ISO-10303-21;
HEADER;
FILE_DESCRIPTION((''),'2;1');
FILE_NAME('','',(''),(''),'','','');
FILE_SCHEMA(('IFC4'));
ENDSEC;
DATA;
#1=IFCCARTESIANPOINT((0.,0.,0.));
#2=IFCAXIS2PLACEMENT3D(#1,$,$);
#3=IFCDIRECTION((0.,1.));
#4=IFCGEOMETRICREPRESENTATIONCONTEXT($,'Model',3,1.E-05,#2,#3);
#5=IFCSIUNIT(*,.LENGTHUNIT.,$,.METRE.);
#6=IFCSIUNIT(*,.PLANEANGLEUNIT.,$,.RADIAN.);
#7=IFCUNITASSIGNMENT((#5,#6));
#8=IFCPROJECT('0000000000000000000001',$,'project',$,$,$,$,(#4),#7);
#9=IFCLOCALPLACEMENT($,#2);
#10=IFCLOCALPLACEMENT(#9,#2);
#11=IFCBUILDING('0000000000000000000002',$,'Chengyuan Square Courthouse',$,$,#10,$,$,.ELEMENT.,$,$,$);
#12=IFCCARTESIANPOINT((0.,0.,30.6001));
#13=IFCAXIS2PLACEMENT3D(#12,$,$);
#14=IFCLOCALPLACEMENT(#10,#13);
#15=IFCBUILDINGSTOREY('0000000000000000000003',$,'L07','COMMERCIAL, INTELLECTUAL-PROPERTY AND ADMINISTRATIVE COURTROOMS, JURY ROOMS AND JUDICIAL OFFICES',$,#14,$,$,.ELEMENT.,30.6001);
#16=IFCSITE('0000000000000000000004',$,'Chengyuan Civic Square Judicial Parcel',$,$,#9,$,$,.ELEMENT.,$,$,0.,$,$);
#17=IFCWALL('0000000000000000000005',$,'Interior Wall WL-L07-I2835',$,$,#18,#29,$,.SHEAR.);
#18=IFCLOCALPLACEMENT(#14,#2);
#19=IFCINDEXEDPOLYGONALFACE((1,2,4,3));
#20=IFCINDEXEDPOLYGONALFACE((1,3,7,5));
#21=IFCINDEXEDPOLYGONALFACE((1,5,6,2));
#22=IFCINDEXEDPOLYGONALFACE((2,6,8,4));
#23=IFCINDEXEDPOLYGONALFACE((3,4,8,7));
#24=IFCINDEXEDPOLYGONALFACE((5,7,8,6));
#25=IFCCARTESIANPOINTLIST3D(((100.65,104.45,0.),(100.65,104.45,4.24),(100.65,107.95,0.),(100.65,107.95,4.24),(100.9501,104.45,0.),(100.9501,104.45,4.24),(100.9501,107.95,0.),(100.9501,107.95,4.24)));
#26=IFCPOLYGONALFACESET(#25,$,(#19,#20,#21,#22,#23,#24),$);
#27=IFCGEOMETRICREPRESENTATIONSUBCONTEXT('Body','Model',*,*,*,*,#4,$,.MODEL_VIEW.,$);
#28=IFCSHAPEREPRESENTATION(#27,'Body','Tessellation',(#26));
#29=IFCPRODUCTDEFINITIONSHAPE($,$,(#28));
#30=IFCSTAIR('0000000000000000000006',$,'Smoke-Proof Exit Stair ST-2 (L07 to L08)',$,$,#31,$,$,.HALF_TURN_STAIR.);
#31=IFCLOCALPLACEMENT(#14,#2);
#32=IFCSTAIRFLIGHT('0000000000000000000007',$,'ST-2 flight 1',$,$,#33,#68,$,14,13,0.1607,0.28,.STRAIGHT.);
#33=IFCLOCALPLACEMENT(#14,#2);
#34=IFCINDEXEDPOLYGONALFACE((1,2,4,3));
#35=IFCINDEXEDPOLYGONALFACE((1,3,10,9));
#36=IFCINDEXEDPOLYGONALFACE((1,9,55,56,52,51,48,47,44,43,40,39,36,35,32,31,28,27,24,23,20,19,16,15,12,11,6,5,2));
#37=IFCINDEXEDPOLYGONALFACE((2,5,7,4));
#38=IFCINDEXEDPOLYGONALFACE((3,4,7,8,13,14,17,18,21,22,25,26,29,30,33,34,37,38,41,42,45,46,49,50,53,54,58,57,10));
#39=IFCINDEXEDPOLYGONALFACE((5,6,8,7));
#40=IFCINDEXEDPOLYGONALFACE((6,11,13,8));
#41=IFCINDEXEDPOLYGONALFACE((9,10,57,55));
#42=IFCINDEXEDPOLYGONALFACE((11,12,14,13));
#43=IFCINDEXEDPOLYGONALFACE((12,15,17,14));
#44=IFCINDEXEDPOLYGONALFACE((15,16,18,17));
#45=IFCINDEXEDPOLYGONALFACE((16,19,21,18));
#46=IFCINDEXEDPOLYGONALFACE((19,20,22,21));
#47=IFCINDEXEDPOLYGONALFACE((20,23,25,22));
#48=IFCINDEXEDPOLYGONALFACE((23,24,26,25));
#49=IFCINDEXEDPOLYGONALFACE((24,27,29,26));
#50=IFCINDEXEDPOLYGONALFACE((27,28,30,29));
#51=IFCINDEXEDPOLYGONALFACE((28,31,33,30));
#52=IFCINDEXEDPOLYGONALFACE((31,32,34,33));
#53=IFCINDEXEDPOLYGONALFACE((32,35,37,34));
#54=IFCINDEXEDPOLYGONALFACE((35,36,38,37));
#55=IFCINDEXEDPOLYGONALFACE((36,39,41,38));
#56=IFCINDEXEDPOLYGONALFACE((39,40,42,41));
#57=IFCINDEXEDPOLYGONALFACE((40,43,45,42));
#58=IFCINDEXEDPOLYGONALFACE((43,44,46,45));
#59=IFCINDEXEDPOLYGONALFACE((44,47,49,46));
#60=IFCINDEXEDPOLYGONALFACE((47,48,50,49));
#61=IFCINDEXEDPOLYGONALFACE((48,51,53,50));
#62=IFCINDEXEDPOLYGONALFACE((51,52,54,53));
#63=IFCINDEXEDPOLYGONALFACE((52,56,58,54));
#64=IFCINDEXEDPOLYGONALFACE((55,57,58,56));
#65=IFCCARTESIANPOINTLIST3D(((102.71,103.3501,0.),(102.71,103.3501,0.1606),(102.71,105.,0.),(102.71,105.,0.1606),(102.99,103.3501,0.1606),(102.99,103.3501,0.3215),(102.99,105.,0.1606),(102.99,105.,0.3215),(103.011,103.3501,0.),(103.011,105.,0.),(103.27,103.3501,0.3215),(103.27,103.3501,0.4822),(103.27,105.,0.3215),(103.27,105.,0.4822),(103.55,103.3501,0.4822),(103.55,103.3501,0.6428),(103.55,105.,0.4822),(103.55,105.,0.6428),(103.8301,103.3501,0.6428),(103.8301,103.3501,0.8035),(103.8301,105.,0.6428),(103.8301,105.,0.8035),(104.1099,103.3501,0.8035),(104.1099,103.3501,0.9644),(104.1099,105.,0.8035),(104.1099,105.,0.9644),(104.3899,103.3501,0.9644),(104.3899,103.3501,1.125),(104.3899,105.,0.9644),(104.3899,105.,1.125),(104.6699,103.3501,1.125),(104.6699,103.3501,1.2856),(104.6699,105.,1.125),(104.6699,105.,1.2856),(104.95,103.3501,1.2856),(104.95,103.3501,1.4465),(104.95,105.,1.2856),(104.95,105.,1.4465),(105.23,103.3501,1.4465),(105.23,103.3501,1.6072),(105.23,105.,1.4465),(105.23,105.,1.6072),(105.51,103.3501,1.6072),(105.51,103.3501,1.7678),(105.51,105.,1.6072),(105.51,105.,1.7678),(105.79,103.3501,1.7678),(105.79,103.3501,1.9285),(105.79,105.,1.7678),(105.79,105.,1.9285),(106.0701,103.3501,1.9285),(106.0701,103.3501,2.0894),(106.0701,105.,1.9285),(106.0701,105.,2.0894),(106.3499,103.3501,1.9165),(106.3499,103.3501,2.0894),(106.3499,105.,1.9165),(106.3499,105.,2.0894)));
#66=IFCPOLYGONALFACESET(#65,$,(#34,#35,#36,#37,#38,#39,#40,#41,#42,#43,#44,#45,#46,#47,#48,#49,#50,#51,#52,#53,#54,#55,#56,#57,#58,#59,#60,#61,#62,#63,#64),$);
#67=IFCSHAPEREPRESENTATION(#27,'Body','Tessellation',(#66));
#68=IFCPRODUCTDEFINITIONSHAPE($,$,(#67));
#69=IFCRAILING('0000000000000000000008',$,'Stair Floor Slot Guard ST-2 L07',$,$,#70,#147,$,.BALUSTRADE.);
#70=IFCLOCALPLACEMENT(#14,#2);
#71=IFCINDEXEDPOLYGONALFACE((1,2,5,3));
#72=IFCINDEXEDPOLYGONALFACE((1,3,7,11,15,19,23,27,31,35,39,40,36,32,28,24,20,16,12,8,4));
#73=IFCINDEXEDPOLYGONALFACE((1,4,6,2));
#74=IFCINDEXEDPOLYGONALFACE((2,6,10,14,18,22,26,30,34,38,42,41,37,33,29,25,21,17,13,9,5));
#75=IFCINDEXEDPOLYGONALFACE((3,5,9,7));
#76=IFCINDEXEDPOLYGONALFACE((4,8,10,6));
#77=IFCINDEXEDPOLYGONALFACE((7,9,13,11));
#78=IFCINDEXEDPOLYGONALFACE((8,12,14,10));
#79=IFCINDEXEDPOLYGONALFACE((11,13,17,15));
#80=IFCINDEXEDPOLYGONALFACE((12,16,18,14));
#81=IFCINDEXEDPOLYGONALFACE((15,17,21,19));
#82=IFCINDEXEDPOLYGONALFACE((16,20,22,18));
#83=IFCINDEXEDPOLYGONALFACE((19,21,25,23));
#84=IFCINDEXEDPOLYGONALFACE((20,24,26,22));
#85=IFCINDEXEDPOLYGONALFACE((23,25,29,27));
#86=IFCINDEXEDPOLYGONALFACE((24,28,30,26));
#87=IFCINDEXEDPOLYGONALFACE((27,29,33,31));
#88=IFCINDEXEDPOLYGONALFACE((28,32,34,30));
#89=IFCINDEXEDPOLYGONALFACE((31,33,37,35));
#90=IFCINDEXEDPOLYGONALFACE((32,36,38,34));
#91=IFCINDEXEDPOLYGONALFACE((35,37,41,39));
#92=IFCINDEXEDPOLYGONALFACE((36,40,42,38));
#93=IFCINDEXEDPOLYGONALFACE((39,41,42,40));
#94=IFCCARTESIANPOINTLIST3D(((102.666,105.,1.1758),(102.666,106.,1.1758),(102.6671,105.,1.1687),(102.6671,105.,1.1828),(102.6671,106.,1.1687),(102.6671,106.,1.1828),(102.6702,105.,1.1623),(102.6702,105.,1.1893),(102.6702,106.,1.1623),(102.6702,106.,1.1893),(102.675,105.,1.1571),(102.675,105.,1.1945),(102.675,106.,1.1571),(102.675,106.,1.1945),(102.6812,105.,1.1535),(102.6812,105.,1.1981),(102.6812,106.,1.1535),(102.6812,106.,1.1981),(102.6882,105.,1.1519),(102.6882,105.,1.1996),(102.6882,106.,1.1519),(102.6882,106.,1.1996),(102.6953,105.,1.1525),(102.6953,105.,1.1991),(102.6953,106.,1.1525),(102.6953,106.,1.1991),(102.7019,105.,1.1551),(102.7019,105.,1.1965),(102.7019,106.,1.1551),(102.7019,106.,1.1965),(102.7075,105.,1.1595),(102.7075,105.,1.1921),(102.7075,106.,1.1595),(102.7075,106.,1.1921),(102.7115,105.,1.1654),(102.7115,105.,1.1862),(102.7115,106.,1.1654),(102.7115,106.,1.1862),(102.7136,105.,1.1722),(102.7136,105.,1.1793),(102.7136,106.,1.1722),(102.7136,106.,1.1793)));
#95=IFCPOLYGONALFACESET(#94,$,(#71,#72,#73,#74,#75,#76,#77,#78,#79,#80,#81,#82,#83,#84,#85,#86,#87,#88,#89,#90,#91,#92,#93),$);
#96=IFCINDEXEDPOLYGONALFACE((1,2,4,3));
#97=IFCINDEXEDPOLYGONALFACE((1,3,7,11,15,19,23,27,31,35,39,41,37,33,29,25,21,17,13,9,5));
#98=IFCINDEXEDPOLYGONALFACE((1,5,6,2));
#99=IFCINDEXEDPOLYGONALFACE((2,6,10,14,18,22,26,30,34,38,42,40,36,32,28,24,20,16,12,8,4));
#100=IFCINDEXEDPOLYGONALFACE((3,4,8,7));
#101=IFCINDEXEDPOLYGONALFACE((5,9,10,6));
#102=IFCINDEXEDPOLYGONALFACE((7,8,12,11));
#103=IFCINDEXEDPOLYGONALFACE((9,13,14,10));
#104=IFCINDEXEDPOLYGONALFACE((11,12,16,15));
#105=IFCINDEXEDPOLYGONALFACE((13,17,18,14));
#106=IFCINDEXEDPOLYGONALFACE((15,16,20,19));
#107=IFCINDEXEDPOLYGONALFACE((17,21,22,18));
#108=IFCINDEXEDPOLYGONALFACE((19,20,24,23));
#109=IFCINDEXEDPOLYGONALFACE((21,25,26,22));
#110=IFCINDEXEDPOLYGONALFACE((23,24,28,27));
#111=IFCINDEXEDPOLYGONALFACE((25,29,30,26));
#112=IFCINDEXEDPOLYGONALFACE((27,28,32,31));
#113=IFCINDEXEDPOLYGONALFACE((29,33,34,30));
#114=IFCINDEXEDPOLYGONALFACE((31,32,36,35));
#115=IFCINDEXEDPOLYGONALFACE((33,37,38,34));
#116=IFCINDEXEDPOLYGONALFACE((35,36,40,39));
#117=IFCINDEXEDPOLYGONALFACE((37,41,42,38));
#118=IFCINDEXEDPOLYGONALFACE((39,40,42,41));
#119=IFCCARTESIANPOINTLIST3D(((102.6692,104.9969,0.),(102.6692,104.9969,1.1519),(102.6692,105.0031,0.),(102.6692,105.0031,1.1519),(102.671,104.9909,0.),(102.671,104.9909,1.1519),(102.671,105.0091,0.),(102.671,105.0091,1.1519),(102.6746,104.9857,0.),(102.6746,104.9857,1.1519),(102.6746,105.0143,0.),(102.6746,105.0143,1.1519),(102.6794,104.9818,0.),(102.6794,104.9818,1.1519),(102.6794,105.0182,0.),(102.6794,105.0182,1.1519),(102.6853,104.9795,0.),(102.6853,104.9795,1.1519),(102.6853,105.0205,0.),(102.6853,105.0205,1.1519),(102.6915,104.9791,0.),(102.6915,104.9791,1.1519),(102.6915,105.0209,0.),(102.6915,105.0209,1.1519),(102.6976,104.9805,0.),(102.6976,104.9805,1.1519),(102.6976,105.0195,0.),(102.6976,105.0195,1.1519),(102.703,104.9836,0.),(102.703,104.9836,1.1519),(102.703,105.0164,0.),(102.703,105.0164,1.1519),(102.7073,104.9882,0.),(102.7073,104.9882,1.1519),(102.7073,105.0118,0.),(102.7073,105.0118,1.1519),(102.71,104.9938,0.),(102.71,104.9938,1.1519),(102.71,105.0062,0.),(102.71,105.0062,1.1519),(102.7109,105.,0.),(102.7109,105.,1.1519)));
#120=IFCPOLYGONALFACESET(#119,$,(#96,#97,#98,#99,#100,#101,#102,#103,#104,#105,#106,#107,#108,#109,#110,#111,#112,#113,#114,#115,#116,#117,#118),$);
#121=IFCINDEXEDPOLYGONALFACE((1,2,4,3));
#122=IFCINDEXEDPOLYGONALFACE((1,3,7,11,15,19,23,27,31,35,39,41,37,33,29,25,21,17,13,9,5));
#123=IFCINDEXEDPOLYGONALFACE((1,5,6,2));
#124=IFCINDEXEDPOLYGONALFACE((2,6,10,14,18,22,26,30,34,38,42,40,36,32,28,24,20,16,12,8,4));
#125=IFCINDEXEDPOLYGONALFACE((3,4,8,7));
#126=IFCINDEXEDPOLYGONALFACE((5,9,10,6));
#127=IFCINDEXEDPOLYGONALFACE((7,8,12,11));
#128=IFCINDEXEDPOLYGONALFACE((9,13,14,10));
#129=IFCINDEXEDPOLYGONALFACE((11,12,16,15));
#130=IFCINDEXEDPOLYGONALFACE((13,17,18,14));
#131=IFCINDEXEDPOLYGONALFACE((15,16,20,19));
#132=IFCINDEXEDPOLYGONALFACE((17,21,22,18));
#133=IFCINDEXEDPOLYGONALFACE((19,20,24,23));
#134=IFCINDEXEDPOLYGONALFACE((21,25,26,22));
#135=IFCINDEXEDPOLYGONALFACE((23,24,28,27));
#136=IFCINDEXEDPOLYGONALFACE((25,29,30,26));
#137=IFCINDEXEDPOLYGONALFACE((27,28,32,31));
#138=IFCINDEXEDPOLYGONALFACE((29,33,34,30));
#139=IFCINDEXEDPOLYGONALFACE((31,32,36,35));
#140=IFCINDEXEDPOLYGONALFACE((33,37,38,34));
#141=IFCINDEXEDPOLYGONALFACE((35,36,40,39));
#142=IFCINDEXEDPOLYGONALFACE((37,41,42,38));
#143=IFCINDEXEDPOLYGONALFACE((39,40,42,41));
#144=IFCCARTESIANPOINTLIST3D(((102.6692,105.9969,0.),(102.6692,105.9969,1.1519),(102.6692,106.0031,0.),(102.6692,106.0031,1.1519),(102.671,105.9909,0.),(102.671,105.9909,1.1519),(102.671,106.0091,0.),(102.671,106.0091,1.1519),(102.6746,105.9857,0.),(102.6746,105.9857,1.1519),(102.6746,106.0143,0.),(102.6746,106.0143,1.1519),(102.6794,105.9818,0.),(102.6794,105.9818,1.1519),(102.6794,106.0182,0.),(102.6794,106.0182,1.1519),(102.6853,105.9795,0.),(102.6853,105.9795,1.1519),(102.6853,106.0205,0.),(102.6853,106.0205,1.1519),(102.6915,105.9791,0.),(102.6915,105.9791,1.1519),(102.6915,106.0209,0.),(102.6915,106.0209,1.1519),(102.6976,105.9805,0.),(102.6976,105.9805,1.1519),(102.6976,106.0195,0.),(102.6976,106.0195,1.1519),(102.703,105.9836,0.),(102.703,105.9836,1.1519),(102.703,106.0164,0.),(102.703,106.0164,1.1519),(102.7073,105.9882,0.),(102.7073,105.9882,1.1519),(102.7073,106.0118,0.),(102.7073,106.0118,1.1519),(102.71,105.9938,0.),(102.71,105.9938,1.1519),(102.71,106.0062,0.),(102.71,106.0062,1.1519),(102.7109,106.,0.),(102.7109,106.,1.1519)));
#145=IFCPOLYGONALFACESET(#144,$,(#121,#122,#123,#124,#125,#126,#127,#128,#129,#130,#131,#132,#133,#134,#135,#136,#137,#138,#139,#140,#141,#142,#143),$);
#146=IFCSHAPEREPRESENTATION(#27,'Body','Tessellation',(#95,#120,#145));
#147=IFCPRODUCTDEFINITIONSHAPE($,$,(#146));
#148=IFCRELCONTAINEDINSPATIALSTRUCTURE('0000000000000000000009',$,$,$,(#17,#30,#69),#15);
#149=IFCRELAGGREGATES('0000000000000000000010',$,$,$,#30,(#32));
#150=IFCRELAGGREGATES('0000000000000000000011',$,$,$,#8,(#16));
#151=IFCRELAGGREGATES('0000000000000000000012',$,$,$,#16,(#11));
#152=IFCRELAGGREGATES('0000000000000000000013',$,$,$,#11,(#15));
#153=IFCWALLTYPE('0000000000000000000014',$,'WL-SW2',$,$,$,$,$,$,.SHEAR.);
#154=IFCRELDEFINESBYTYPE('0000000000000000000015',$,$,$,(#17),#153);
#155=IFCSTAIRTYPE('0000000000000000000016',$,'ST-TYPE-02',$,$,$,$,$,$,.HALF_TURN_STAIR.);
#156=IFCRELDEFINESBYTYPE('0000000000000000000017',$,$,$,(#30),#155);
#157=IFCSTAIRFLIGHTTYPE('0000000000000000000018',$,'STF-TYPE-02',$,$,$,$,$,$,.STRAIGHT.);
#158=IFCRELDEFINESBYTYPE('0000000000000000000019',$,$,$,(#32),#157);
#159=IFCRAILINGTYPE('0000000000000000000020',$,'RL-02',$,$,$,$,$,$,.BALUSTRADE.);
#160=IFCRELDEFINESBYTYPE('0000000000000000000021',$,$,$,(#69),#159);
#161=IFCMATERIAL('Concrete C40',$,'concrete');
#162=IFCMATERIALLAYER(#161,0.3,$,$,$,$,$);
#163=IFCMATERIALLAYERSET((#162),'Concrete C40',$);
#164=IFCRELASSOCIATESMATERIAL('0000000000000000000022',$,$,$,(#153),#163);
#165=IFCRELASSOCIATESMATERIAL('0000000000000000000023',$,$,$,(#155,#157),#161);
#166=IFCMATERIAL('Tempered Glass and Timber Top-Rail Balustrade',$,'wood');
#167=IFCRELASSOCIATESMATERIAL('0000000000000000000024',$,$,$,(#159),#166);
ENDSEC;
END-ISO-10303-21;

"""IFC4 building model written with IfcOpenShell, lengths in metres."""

from ifc_helpers import new_model, si_unit, direction, frame, frame_2d, origin, origin_2d, place, context, subcontext, project, spatial, polyline, rectangle, circle, outline, extrude, material, layer, layer_set, type_object, element, aggregate, save


model = new_model("IFC4")

# Units and contexts
model_context = context("Model", 3, precision=1e-05, world=origin(), true_north=direction((0.0, 1.0)))
body_context = subcontext(model_context, "Body", "Model", "MODEL_VIEW")
ifc_project = project(units=[si_unit("LENGTHUNIT", "METRE"), si_unit("PLANEANGLEUNIT", "RADIAN")], contexts=[model_context])

# Site, building, storey
site_placement = place(None, origin())
site = spatial("IfcSite", under=ifc_project, at=site_placement, Name="Chengyuan Civic Square Judicial Parcel", CompositionType="ELEMENT", RefElevation=0.0)
building_placement = place(site_placement, origin())
building = spatial("IfcBuilding", under=site, at=building_placement, Name="Chengyuan Square Courthouse", CompositionType="ELEMENT")
storey_placement = place(building_placement, frame((0.0, 0.0, 30.6001)))
storey = spatial("IfcBuildingStorey", under=building, at=storey_placement, Name="L07", Description="COMMERCIAL, INTELLECTUAL-PROPERTY AND ADMINISTRATIVE COURTROOMS, JURY ROOMS AND JUDICIAL OFFICES", CompositionType="ELEMENT", Elevation=30.6001)

# Shared definitions
ifc_material_1 = material(Name="Concrete C40", Category="concrete")

# Shared definitions
ifc_layer_1 = layer(ifc_material_1, 0.3)
ifc_layer_set_1 = layer_set([ifc_layer_1], Name="Concrete C40")
wall_type_1 = type_object("IfcWallType", Name="WL-SW2", PredefinedType="SHEAR", material=ifc_layer_set_1)

# Wall
wall_1_placement = place(storey_placement, frame((100.8, 104.45, 0.0), z_axis=(0.0, 0.0, 1.0), x_axis=(0.0, 1.0, 0.0)))
element("IfcWall", 1, at=wall_1_placement, inside=storey, type_object=wall_type_1, Name="Interior Wall WL-L07-I2835", PredefinedType="SHEAR", context=body_context, shape_type="SweptSolid", body=[
    extrude(rectangle(XDim=3.5, YDim=0.3, at=frame_2d((1.75, 0.0))), origin(), (0.0, 0.0, 1.0), 4.24),
])

# Stair, stair flight
stair_type = type_object("IfcStairType", Name="ST-TYPE-02", PredefinedType="HALF_TURN_STAIR", material=ifc_material_1)
stair_placement = place(storey_placement, origin())
stair = element("IfcStair", 2, at=stair_placement, inside=storey, type_object=stair_type, Name="Smoke-Proof Exit Stair ST-2 (L07 to L08)", PredefinedType="HALF_TURN_STAIR")
stair_flight_type = type_object("IfcStairFlightType", Name="STF-TYPE-02", PredefinedType="STRAIGHT", material=ifc_material_1)
stair_flight_placement = place(storey_placement, frame((102.71, 104.175, 0.0), z_axis=(0.0, 0.0, 1.0), x_axis=(1.0, 0.0, 0.0)))
stair_flight = element("IfcStairFlight", 3, at=stair_flight_placement, type_object=stair_flight_type, Name="ST-2 flight 1", NumberOfRisers=14, NumberOfTreads=13, PredefinedType="STRAIGHT", RiserHeight=0.1607, TreadLength=0.28, context=body_context, shape_type="SweptSolid", body=[
    extrude(outline(polyline([(0.0, 0.0), (0.0, 0.1606), (0.28, 0.1606), (0.28, 0.3215), (0.5601, 0.3215), (0.5601, 0.4822), (0.8401, 0.4822), (0.8401, 0.6428), (1.1201, 0.6428), (1.1201, 0.8035), (1.3999, 0.8035), (1.3999, 0.9644), (1.6799, 0.9644), (1.6799, 1.125), (1.96, 1.125), (1.96, 1.2856), (2.24, 1.2856), (2.24, 1.4465), (2.52, 1.4465), (2.52, 1.6072), (2.8, 1.6072), (2.8, 1.7678), (3.0801, 1.7678), (3.0801, 1.9285), (3.3601, 1.9285), (3.3601, 2.0894), (3.6399, 2.0894), (3.6399, 2.25), (3.6399, 1.9165), (0.301, 0.0), (0.0, 0.0)])), frame((0.0, 0.825, 0.0), z_axis=(0.0, -1.0, 0.0), x_axis=(1.0, 0.0, 0.0)), (0.0, 0.0, 1.0), 1.6499),
])
aggregate(stair, [stair_flight])

# Railing
ifc_material_2 = material(Name="Tempered Glass and Timber Top-Rail Balustrade", Category="wood")
railing_type_1 = type_object("IfcRailingType", Name="RL-02", PredefinedType="BALUSTRADE", material=ifc_material_2)
railing_1_placement = place(storey_placement, frame((102.6899, 105.0, 0.0)))
element("IfcRailing", 4, at=railing_1_placement, inside=storey, type_object=railing_type_1, Name="Stair Floor Slot Guard ST-2 L07", PredefinedType="BALUSTRADE", context=body_context, shape_type="SweptSolid", body=[
    extrude(circle(Radius=0.0239, at=origin_2d()), frame((0.0, 0.0, 1.1758), z_axis=(0.0, 1.0, 0.0), x_axis=(-1.0, 0.0, 0.0)), (0.0, 0.0, 1.0), 1.0),
    extrude(circle(Radius=0.021, at=origin_2d()), origin(), (0.0, 0.0, 1.0), 1.1519),
    extrude(circle(Radius=0.021, at=origin_2d()), frame((0.0, 1.0, 0.0)), (0.0, 0.0, 1.0), 1.1519),
])

save(model, "model.ifc")
